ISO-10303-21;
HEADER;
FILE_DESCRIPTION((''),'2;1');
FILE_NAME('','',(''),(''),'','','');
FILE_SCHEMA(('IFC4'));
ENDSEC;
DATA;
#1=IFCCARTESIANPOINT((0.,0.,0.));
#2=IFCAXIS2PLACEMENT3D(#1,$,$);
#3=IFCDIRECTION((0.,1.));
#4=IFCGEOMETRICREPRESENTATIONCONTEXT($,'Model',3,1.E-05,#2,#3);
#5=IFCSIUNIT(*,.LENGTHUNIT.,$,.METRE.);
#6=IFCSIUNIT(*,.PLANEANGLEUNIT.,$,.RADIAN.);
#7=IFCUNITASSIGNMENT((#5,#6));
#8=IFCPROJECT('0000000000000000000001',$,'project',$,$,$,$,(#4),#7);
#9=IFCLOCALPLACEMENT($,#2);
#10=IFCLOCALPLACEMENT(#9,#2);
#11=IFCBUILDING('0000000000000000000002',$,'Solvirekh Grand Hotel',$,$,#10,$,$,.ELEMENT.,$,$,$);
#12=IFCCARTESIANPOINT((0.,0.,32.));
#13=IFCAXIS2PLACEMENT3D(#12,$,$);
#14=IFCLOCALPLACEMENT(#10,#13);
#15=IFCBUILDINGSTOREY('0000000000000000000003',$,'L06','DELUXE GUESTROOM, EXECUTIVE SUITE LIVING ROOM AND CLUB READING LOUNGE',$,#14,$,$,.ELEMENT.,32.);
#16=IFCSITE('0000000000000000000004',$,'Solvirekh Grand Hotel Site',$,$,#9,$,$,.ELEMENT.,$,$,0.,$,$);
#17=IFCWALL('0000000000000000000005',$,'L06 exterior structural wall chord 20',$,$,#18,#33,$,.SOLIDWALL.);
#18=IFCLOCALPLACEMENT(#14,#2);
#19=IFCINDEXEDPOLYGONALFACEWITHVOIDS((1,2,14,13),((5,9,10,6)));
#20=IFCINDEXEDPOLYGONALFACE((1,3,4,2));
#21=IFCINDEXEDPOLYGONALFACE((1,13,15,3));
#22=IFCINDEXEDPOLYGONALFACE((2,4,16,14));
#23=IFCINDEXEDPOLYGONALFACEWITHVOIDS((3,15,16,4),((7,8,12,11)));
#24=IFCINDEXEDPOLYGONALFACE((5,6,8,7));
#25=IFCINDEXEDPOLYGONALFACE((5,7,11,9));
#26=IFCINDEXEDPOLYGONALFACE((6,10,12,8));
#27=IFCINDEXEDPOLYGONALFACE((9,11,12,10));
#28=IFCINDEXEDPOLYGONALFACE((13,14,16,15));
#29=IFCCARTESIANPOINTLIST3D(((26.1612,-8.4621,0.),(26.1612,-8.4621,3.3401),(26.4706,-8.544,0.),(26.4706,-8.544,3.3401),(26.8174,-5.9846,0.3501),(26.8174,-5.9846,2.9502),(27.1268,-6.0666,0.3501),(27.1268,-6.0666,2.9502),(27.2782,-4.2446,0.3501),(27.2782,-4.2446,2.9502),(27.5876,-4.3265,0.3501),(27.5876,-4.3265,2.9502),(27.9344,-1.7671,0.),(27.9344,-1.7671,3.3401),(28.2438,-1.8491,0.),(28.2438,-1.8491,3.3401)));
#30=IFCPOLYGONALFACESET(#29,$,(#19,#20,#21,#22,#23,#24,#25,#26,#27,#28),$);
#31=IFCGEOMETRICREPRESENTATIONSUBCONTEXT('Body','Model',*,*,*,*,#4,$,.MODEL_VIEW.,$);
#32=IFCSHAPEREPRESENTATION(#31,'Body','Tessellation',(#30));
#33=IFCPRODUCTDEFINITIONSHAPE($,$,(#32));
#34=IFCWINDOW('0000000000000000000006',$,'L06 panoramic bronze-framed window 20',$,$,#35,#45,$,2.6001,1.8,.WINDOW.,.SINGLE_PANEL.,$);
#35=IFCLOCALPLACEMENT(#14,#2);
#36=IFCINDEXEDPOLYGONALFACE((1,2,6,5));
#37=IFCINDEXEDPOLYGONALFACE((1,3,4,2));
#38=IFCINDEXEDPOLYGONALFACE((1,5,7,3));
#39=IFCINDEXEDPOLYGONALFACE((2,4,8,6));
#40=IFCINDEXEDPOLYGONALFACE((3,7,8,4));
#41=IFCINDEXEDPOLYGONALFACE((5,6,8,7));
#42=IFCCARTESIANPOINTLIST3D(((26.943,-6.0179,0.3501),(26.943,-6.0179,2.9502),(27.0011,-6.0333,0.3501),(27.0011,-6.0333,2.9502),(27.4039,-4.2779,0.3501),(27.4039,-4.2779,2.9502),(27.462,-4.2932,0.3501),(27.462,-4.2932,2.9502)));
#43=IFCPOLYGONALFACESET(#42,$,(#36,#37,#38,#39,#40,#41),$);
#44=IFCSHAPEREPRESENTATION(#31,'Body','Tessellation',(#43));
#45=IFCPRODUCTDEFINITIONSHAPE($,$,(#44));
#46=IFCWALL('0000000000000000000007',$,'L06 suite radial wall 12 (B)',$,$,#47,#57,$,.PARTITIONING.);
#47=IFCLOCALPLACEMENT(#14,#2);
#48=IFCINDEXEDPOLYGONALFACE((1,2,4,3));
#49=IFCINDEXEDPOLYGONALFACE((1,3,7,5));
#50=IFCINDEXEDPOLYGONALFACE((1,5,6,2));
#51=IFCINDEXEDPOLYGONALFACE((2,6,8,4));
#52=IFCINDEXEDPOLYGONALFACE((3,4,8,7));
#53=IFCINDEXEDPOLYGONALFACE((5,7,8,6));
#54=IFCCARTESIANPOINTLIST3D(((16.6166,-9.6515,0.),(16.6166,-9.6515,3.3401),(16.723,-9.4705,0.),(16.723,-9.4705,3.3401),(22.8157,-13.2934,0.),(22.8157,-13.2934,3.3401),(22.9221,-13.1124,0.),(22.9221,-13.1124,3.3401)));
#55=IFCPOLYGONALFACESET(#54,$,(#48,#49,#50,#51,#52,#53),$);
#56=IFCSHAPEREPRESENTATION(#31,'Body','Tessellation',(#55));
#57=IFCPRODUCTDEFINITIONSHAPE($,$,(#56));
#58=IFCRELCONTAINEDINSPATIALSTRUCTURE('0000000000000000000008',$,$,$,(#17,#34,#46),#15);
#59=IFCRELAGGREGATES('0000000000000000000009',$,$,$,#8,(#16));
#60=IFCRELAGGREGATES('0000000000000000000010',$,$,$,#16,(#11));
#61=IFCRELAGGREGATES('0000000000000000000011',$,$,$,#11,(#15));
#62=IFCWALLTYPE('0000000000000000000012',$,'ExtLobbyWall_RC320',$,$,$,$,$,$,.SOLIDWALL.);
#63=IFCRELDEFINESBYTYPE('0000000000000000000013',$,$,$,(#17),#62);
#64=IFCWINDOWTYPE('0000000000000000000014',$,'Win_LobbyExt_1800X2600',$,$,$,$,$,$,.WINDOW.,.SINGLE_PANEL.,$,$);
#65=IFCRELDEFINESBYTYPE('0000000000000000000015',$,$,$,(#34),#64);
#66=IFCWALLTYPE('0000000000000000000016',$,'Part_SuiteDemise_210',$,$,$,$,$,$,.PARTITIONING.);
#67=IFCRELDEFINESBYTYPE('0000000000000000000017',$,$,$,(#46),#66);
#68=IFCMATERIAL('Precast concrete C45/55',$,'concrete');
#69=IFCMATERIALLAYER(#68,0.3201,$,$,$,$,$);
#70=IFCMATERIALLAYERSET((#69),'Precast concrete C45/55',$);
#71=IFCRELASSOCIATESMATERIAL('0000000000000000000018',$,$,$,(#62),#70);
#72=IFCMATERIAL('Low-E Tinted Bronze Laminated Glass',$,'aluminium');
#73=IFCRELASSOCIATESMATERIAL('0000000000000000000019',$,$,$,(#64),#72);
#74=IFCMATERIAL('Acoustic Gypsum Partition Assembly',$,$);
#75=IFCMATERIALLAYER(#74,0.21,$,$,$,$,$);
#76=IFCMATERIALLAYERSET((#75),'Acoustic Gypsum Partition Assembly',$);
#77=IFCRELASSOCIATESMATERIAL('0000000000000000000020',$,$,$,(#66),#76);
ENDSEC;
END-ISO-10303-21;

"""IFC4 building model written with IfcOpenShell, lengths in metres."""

from ifc_helpers import new_model, si_unit, direction, frame, frame_2d, origin, place, context, subcontext, project, spatial, rectangle, extrude, material, layer, layer_set, type_object, element, fill, save


model = new_model("IFC4")

# Units and contexts
model_context = context("Model", 3, precision=1e-05, world=origin(), true_north=direction((0.0, 1.0)))
body_context = subcontext(model_context, "Body", "Model", "MODEL_VIEW")
ifc_project = project(units=[si_unit("LENGTHUNIT", "METRE"), si_unit("PLANEANGLEUNIT", "RADIAN")], contexts=[model_context])

# Site, building, storey
site_placement = place(None, origin())
site = spatial("IfcSite", under=ifc_project, at=site_placement, Name="Solvirekh Grand Hotel Site", CompositionType="ELEMENT", RefElevation=0.0)
building_placement = place(site_placement, origin())
building = spatial("IfcBuilding", under=site, at=building_placement, Name="Solvirekh Grand Hotel", CompositionType="ELEMENT")
storey_placement = place(building_placement, frame((0.0, 0.0, 32.0)))
storey = spatial("IfcBuildingStorey", under=building, at=storey_placement, Name="L06", Description="DELUXE GUESTROOM, EXECUTIVE SUITE LIVING ROOM AND CLUB READING LOUNGE", CompositionType="ELEMENT", Elevation=32.0)

# Shared definitions
ifc_material_1 = material(Name="Low-E Tinted Bronze Laminated Glass", Category="aluminium")

# Wall, opening, window
ifc_material_2 = material(Name="Precast concrete C45/55", Category="concrete")
ifc_layer_1 = layer(ifc_material_2, 0.3201)
ifc_layer_set_1 = layer_set([ifc_layer_1], Name="Precast concrete C45/55")
wall_type_1 = type_object("IfcWallType", Name="ExtLobbyWall_RC320", PredefinedType="SOLIDWALL", material=ifc_layer_set_1)
window_type = type_object("IfcWindowType", Name="Win_LobbyExt_1800X2600", PartitioningType="SINGLE_PANEL", PredefinedType="WINDOW", material=ifc_material_1)
wall_1_placement = place(storey_placement, frame((28.0891, -1.8081, 0.0), z_axis=(0.0, 0.0, 1.0), x_axis=(-0.256032, -0.966668, 0.0)))
wall_1 = element("IfcWall", 1, at=wall_1_placement, inside=storey, type_object=wall_type_1, Name="L06 exterior structural wall chord 20", PredefinedType="SOLIDWALL", context=body_context, shape_type="SweptSolid", body=[
    extrude(rectangle(XDim=6.9258, YDim=0.3201, at=frame_2d((3.4629, 0.0))), origin(), (0.0, 0.0, 1.0), 3.3401),
])
opening_1_placement = place(wall_1_placement, frame((2.563, 0.0, 0.3501)))
opening_1 = element("IfcOpeningElement", 2, at=opening_1_placement, cuts=wall_1, PredefinedType="OPENING", context=body_context, shape_type="SweptSolid", body=[
    extrude(rectangle(XDim=1.8, YDim=2.6001, at=frame_2d((0.8999, 1.3))), frame((0.0, 0.1699, 0.0), z_axis=(0.0, -1.0, 0.0), x_axis=(1.0, 0.0, 0.0)), (0.0, 0.0, 1.0), 0.3401),
])
window_1_placement = place(opening_1_placement, origin())
window_1 = element("IfcWindow", 3, at=window_1_placement, inside=storey, type_object=window_type, Name="L06 panoramic bronze-framed window 20", OverallHeight=2.6001, OverallWidth=1.8, PartitioningType="SINGLE_PANEL", PredefinedType="WINDOW", context=body_context, shape_type="SweptSolid", body=[
    extrude(rectangle(XDim=1.8, YDim=2.6001, at=frame_2d((0.8999, 1.3))), frame((0.0, 0.03, 0.0), z_axis=(0.0, -1.0, 0.0), x_axis=(1.0, 0.0, 0.0)), (0.0, 0.0, 1.0), 0.0601),
])
fill(opening_1, window_1)

# Wall
ifc_material_3 = material(Name="Acoustic Gypsum Partition Assembly")
ifc_layer_2 = layer(ifc_material_3, 0.21)
ifc_layer_set_2 = layer_set([ifc_layer_2], Name="Acoustic Gypsum Partition Assembly")
wall_type_2 = type_object("IfcWallType", Name="Part_SuiteDemise_210", PredefinedType="PARTITIONING", material=ifc_layer_set_2)
wall_2_placement = place(storey_placement, frame((16.6699, -9.561, 0.0), z_axis=(0.0, 0.0, 1.0), x_axis=(0.862214, -0.506544, 0.0)))
element("IfcWall", 4, at=wall_2_placement, inside=storey, type_object=wall_type_2, Name="L06 suite radial wall 12 (B)", PredefinedType="PARTITIONING", context=body_context, shape_type="SweptSolid", body=[
    extrude(rectangle(XDim=7.1897, YDim=0.21, at=frame_2d((3.5947, 0.0))), origin(), (0.0, 0.0, 1.0), 3.3401),
])

save(model, "model.ifc")
